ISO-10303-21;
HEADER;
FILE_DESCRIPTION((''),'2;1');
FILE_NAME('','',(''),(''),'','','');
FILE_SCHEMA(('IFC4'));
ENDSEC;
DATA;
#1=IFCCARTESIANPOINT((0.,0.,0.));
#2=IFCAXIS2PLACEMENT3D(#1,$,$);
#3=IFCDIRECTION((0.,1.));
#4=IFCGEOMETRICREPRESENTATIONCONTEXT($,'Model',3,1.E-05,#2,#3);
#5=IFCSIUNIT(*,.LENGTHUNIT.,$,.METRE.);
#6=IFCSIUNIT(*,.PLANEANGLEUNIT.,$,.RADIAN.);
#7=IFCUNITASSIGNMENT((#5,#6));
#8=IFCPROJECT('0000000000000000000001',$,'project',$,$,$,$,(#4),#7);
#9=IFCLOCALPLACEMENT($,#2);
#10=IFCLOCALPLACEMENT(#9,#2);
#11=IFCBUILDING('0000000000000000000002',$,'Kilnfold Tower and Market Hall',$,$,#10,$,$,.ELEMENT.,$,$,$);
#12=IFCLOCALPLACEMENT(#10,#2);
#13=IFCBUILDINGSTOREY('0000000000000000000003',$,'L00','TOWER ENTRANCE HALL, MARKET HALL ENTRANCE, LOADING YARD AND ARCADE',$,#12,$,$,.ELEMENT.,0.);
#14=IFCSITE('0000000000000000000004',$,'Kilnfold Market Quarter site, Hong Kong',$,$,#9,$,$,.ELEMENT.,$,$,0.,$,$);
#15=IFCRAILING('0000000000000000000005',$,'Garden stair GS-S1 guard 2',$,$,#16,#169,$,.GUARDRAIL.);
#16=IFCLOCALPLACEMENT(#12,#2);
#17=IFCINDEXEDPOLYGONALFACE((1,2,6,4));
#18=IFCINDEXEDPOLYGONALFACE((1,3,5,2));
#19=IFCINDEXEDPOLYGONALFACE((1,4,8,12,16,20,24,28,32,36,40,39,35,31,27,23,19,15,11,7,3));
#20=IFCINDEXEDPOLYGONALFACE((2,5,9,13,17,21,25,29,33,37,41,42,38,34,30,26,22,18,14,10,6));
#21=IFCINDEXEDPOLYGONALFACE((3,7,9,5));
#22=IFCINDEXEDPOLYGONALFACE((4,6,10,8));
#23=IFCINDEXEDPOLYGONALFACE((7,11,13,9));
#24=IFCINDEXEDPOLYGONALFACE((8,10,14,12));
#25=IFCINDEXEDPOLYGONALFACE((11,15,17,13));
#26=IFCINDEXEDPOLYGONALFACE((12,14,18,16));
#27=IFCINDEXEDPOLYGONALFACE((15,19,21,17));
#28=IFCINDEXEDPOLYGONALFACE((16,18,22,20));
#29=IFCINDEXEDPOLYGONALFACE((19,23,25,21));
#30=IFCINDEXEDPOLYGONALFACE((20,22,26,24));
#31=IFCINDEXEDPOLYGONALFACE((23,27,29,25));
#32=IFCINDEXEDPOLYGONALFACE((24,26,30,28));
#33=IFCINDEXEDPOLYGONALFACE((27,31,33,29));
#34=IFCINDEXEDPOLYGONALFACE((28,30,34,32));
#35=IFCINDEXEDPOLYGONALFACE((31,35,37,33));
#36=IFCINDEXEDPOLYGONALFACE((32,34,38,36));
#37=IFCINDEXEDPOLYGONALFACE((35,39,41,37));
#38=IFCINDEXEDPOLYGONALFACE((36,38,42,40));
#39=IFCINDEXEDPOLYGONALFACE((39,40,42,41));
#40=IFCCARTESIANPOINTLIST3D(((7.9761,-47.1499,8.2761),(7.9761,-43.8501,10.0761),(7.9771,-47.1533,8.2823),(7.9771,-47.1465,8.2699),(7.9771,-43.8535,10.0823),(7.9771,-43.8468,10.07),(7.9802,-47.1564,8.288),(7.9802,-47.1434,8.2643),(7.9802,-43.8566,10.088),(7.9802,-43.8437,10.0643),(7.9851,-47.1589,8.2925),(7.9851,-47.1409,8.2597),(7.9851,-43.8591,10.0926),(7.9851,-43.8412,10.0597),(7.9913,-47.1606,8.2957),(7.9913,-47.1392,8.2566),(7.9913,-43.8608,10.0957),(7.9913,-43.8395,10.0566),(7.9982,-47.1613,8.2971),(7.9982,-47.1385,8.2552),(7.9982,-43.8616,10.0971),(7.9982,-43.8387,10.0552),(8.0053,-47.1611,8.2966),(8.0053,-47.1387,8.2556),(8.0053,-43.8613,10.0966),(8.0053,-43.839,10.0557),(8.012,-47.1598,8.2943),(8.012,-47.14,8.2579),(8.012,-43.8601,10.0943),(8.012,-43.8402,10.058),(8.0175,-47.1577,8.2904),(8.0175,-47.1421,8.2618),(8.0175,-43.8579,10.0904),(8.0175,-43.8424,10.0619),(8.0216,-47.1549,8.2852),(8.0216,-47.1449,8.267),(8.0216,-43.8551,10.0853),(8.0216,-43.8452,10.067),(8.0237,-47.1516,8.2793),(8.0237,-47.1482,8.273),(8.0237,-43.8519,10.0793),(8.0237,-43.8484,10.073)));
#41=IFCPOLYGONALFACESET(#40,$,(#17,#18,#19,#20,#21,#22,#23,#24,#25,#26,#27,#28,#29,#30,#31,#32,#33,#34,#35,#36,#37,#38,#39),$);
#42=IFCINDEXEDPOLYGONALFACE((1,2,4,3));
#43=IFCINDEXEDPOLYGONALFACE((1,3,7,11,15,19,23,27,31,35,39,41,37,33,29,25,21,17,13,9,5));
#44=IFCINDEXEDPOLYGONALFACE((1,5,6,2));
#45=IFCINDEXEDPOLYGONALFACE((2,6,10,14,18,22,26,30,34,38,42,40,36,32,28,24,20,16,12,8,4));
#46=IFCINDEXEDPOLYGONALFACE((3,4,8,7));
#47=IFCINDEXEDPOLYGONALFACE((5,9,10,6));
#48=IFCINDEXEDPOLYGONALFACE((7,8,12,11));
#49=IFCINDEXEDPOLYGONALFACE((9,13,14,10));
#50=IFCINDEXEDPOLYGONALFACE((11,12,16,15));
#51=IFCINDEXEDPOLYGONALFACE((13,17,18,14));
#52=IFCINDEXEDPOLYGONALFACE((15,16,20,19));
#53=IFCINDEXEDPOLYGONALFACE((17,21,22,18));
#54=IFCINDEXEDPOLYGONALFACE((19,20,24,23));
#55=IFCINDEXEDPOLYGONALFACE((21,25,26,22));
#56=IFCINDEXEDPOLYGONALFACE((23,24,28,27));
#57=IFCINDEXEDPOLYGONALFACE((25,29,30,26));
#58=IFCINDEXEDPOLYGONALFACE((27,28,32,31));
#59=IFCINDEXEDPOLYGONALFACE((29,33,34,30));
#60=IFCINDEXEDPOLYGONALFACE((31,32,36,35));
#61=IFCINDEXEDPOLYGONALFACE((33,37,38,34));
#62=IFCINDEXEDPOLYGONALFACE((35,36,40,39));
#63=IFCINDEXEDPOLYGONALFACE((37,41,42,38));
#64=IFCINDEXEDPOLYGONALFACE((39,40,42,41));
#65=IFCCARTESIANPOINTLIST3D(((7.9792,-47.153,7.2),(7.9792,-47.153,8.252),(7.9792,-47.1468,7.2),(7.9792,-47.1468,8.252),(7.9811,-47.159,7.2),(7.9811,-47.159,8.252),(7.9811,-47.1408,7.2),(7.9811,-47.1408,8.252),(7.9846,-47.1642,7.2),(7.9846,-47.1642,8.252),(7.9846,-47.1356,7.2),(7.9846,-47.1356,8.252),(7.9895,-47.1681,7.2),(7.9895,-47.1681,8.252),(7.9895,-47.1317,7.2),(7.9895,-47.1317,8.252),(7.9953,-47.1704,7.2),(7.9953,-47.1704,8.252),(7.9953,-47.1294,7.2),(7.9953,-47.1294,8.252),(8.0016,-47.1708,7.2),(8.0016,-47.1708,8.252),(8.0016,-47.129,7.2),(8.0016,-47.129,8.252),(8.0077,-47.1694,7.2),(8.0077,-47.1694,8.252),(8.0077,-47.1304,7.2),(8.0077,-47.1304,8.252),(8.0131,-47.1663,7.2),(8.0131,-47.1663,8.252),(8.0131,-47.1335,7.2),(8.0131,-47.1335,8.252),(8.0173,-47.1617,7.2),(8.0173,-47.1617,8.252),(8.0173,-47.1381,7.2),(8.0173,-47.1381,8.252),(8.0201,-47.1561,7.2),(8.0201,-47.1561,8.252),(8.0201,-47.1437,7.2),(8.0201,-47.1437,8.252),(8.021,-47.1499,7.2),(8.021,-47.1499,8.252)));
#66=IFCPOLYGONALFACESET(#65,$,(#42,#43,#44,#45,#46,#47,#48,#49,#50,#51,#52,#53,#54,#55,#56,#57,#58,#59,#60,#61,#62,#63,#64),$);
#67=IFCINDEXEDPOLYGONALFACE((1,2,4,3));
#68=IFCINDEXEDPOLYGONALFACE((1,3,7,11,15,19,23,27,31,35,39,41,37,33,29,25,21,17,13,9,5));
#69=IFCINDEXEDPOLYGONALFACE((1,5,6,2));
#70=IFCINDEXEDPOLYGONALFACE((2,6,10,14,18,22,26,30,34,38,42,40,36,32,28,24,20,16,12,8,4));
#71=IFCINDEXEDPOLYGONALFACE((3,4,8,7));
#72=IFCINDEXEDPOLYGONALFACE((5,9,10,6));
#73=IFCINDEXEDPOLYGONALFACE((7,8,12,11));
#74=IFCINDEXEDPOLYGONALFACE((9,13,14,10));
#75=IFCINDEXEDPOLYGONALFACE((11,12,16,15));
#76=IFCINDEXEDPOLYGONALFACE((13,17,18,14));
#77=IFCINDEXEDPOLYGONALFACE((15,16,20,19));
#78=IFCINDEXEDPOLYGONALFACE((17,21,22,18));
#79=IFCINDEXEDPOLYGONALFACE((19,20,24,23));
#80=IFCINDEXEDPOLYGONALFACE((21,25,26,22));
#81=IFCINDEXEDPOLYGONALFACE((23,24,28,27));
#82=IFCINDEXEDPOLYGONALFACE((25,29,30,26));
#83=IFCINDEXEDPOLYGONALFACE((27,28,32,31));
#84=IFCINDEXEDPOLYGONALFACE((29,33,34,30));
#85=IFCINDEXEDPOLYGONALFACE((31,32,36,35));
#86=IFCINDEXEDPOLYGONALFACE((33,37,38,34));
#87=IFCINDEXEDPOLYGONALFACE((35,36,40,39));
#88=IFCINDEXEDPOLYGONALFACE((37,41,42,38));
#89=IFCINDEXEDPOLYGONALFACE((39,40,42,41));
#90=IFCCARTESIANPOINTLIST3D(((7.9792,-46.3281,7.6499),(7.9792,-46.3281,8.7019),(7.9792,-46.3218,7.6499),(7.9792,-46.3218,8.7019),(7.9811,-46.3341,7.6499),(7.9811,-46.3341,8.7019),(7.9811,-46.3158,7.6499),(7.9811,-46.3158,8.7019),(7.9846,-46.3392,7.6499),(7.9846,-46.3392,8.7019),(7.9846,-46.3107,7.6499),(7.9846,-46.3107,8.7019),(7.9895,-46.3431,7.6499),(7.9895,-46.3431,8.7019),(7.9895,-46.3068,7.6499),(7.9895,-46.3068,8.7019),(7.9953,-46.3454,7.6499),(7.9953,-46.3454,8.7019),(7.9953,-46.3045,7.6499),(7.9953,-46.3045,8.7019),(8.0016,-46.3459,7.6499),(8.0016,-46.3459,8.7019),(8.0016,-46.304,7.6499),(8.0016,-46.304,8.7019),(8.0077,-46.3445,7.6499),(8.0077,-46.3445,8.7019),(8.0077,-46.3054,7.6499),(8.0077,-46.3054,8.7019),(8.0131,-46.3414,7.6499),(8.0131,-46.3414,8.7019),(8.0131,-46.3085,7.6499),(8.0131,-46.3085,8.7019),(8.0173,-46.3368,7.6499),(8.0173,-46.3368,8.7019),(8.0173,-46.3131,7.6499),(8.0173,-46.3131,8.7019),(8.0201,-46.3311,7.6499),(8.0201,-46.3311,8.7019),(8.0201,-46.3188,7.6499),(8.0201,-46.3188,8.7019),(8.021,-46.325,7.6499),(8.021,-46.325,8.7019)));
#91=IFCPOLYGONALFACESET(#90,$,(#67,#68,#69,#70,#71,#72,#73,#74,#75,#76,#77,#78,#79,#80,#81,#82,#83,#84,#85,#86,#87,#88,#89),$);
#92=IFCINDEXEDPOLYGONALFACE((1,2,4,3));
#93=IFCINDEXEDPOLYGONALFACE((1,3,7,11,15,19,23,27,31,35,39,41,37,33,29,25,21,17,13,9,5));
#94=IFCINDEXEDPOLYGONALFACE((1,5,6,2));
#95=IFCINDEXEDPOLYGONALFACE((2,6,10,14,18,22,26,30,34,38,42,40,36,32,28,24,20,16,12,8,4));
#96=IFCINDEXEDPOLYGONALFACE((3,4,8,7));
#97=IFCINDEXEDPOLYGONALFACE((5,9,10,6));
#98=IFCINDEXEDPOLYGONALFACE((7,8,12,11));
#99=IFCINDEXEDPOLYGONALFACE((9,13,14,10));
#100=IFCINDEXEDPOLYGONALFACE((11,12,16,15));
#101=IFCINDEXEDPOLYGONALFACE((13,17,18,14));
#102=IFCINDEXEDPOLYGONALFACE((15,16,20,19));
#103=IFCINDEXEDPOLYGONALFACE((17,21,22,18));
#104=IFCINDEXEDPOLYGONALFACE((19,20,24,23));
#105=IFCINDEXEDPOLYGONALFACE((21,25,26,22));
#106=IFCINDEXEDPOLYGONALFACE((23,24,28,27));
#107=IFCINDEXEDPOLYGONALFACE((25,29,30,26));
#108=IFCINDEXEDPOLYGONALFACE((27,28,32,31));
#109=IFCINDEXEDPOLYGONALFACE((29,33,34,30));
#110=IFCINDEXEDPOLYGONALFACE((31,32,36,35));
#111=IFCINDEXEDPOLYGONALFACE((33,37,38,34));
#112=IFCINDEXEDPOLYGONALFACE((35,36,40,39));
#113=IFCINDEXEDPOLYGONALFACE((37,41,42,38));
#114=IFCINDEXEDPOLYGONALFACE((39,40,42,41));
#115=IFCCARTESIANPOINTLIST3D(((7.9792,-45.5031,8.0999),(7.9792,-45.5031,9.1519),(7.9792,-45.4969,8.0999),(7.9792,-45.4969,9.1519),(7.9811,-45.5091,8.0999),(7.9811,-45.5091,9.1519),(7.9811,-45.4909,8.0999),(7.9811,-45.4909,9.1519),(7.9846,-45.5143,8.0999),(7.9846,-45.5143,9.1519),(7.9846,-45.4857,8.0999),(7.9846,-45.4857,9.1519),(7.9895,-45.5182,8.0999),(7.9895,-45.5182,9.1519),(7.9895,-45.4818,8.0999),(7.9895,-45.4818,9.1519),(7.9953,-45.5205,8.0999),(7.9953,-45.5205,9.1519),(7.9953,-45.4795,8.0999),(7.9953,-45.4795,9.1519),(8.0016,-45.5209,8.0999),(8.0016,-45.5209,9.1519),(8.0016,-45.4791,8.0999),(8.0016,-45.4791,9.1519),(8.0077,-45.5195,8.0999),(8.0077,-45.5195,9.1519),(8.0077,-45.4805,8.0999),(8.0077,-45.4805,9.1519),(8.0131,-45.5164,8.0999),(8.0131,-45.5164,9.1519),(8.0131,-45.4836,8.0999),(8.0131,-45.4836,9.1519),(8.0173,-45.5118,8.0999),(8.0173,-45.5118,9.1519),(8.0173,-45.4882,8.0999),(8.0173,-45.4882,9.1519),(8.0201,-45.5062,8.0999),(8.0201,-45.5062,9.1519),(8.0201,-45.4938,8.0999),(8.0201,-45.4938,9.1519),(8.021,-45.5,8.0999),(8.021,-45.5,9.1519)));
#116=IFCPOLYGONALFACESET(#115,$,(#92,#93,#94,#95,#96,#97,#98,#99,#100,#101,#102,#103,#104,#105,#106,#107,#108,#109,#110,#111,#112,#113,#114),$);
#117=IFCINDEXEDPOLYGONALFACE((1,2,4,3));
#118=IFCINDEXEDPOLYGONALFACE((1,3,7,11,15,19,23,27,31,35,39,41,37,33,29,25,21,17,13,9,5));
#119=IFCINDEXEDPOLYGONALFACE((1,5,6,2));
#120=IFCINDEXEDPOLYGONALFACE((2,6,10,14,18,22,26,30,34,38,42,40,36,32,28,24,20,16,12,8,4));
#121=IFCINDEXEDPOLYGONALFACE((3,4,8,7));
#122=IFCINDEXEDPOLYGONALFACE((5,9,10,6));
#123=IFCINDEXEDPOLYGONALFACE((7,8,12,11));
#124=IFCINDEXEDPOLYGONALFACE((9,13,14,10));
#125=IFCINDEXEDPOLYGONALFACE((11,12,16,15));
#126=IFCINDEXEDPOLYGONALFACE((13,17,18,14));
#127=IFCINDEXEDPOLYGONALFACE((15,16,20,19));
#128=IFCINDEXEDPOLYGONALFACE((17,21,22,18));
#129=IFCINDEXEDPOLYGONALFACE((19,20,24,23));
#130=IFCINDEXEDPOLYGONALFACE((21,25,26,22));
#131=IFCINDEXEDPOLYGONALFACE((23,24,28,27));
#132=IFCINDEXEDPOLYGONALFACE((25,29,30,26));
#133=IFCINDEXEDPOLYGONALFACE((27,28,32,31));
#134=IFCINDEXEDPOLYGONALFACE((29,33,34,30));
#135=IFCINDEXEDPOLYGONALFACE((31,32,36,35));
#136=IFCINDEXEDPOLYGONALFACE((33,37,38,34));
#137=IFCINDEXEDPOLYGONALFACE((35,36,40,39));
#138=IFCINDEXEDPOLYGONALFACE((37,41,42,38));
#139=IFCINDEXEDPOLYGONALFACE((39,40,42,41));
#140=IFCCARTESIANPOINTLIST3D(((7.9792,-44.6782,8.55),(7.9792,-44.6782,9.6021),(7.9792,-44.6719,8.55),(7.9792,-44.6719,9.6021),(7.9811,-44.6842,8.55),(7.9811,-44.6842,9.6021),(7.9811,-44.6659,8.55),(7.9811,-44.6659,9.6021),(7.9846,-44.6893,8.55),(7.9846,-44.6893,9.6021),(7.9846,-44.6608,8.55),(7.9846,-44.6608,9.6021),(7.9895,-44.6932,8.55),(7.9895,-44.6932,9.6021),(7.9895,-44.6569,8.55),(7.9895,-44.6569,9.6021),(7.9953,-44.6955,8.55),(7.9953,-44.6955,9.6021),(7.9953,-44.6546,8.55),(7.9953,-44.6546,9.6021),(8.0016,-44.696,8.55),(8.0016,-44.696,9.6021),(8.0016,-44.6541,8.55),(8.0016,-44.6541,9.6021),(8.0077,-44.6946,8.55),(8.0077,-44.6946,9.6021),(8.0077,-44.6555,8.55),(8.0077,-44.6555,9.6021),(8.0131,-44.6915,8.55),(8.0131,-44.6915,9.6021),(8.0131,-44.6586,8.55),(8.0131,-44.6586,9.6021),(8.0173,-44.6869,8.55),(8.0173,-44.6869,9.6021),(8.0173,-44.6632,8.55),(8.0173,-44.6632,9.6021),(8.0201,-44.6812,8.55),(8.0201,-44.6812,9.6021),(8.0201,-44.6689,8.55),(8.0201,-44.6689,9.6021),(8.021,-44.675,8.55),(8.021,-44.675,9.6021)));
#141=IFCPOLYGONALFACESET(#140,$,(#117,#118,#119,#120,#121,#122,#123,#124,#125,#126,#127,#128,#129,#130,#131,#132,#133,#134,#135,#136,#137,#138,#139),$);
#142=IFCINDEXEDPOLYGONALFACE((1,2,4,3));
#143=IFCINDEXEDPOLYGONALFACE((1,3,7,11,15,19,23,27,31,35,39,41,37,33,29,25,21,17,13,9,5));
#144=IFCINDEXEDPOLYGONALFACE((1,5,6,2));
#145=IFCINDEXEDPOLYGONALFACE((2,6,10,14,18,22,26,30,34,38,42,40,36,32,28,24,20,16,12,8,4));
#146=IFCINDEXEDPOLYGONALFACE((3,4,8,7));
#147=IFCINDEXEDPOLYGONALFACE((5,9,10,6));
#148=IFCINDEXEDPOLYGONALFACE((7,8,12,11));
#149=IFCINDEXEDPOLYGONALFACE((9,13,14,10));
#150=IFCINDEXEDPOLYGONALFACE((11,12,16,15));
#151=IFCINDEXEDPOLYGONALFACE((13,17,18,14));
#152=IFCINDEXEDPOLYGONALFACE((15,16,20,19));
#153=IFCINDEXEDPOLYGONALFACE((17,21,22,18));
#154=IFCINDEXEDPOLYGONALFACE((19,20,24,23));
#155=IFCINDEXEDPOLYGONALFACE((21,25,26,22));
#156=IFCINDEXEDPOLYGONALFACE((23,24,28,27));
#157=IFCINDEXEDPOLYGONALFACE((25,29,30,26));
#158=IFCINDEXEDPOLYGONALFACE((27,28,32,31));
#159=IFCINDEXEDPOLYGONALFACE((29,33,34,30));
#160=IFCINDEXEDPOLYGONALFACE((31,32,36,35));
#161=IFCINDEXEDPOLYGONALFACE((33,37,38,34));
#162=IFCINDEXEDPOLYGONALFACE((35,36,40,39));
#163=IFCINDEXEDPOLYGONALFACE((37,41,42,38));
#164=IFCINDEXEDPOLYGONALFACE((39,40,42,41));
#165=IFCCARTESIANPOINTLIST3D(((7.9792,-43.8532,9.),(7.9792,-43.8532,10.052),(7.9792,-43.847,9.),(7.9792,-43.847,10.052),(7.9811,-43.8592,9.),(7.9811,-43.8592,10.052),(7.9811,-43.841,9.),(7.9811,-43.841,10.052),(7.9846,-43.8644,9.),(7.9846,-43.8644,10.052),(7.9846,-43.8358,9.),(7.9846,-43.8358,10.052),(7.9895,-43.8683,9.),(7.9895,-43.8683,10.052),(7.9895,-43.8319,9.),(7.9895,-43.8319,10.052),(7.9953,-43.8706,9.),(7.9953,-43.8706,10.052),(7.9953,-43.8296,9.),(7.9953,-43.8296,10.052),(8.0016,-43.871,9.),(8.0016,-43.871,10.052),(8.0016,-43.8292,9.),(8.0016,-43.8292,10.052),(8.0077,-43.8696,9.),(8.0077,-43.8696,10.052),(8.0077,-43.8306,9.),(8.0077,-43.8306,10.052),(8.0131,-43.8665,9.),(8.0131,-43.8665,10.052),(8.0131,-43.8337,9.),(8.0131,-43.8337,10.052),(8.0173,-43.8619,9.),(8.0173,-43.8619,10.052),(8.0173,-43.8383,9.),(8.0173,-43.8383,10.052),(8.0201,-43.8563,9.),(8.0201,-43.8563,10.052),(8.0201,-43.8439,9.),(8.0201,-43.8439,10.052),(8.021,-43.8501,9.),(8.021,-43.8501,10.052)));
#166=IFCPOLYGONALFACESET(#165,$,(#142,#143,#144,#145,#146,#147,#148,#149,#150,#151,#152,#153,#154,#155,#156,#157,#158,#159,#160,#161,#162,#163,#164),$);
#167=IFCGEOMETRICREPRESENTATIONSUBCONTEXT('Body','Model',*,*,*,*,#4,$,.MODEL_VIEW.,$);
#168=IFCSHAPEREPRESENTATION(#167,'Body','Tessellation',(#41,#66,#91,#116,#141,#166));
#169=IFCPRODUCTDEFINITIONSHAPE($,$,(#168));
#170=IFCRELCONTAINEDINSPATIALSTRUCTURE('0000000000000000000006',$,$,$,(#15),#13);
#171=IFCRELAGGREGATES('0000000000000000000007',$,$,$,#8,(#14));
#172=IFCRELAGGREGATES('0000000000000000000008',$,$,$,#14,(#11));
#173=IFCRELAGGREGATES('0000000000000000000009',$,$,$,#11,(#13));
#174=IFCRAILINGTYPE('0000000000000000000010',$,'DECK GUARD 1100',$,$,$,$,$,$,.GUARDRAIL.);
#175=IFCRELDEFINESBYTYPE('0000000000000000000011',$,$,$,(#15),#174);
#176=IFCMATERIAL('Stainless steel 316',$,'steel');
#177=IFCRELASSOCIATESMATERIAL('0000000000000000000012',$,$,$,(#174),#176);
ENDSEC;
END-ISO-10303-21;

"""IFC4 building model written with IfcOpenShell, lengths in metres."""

from ifc_helpers import new_model, si_unit, direction, frame, origin, origin_2d, place, context, subcontext, project, spatial, circle, extrude, material, type_object, element, save


model = new_model("IFC4")

# Units and contexts
model_context = context("Model", 3, precision=1e-05, world=origin(), true_north=direction((0.0, 1.0)))
body_context = subcontext(model_context, "Body", "Model", "MODEL_VIEW")
ifc_project = project(units=[si_unit("LENGTHUNIT", "METRE"), si_unit("PLANEANGLEUNIT", "RADIAN")], contexts=[model_context])

# Site, building, storey
site_placement = place(None, origin())
site = spatial("IfcSite", under=ifc_project, at=site_placement, Name="Kilnfold Market Quarter site, Hong Kong", CompositionType="ELEMENT", RefElevation=0.0)
building_placement = place(site_placement, origin())
building = spatial("IfcBuilding", under=site, at=building_placement, Name="Kilnfold Tower and Market Hall", CompositionType="ELEMENT")
storey_placement = place(building_placement, origin())
storey = spatial("IfcBuildingStorey", under=building, at=storey_placement, Name="L00", Description="TOWER ENTRANCE HALL, MARKET HALL ENTRANCE, LOADING YARD AND ARCADE", CompositionType="ELEMENT", Elevation=0.0)

# Railing
ifc_material_1 = material(Name="Stainless steel 316", Category="steel")
railing_type_1 = type_object("IfcRailingType", Name="DECK GUARD 1100", PredefinedType="GUARDRAIL", material=ifc_material_1)
railing_1_placement = place(storey_placement, frame((8.0, -47.1499, 7.2)))
element("IfcRailing", 1, at=railing_1_placement, inside=storey, type_object=railing_type_1, Name="Garden stair GS-S1 guard 2", PredefinedType="GUARDRAIL", context=body_context, shape_type="SweptSolid", body=[
    extrude(circle(Radius=0.0239, at=origin_2d()), frame((0.0, 0.0, 1.0762), z_axis=(0.0, 0.877878, 0.478884), x_axis=(-1.0, 0.0, 0.0)), (0.0, 0.0, 1.0), 3.7588),
    extrude(circle(Radius=0.021, at=origin_2d()), origin(), (0.0, 0.0, 1.0), 1.052),
    extrude(circle(Radius=0.021, at=origin_2d()), frame((0.0, 0.825, 0.45)), (0.0, 0.0, 1.0), 1.052),
    extrude(circle(Radius=0.021, at=origin_2d()), frame((0.0, 1.6499, 0.8999)), (0.0, 0.0, 1.0), 1.052),
    extrude(circle(Radius=0.021, at=origin_2d()), frame((0.0, 2.4749, 1.3501)), (0.0, 0.0, 1.0), 1.052),
    extrude(circle(Radius=0.021, at=origin_2d()), frame((0.0, 3.2998, 1.8)), (0.0, 0.0, 1.0), 1.052),
])

save(model, "model.ifc")
